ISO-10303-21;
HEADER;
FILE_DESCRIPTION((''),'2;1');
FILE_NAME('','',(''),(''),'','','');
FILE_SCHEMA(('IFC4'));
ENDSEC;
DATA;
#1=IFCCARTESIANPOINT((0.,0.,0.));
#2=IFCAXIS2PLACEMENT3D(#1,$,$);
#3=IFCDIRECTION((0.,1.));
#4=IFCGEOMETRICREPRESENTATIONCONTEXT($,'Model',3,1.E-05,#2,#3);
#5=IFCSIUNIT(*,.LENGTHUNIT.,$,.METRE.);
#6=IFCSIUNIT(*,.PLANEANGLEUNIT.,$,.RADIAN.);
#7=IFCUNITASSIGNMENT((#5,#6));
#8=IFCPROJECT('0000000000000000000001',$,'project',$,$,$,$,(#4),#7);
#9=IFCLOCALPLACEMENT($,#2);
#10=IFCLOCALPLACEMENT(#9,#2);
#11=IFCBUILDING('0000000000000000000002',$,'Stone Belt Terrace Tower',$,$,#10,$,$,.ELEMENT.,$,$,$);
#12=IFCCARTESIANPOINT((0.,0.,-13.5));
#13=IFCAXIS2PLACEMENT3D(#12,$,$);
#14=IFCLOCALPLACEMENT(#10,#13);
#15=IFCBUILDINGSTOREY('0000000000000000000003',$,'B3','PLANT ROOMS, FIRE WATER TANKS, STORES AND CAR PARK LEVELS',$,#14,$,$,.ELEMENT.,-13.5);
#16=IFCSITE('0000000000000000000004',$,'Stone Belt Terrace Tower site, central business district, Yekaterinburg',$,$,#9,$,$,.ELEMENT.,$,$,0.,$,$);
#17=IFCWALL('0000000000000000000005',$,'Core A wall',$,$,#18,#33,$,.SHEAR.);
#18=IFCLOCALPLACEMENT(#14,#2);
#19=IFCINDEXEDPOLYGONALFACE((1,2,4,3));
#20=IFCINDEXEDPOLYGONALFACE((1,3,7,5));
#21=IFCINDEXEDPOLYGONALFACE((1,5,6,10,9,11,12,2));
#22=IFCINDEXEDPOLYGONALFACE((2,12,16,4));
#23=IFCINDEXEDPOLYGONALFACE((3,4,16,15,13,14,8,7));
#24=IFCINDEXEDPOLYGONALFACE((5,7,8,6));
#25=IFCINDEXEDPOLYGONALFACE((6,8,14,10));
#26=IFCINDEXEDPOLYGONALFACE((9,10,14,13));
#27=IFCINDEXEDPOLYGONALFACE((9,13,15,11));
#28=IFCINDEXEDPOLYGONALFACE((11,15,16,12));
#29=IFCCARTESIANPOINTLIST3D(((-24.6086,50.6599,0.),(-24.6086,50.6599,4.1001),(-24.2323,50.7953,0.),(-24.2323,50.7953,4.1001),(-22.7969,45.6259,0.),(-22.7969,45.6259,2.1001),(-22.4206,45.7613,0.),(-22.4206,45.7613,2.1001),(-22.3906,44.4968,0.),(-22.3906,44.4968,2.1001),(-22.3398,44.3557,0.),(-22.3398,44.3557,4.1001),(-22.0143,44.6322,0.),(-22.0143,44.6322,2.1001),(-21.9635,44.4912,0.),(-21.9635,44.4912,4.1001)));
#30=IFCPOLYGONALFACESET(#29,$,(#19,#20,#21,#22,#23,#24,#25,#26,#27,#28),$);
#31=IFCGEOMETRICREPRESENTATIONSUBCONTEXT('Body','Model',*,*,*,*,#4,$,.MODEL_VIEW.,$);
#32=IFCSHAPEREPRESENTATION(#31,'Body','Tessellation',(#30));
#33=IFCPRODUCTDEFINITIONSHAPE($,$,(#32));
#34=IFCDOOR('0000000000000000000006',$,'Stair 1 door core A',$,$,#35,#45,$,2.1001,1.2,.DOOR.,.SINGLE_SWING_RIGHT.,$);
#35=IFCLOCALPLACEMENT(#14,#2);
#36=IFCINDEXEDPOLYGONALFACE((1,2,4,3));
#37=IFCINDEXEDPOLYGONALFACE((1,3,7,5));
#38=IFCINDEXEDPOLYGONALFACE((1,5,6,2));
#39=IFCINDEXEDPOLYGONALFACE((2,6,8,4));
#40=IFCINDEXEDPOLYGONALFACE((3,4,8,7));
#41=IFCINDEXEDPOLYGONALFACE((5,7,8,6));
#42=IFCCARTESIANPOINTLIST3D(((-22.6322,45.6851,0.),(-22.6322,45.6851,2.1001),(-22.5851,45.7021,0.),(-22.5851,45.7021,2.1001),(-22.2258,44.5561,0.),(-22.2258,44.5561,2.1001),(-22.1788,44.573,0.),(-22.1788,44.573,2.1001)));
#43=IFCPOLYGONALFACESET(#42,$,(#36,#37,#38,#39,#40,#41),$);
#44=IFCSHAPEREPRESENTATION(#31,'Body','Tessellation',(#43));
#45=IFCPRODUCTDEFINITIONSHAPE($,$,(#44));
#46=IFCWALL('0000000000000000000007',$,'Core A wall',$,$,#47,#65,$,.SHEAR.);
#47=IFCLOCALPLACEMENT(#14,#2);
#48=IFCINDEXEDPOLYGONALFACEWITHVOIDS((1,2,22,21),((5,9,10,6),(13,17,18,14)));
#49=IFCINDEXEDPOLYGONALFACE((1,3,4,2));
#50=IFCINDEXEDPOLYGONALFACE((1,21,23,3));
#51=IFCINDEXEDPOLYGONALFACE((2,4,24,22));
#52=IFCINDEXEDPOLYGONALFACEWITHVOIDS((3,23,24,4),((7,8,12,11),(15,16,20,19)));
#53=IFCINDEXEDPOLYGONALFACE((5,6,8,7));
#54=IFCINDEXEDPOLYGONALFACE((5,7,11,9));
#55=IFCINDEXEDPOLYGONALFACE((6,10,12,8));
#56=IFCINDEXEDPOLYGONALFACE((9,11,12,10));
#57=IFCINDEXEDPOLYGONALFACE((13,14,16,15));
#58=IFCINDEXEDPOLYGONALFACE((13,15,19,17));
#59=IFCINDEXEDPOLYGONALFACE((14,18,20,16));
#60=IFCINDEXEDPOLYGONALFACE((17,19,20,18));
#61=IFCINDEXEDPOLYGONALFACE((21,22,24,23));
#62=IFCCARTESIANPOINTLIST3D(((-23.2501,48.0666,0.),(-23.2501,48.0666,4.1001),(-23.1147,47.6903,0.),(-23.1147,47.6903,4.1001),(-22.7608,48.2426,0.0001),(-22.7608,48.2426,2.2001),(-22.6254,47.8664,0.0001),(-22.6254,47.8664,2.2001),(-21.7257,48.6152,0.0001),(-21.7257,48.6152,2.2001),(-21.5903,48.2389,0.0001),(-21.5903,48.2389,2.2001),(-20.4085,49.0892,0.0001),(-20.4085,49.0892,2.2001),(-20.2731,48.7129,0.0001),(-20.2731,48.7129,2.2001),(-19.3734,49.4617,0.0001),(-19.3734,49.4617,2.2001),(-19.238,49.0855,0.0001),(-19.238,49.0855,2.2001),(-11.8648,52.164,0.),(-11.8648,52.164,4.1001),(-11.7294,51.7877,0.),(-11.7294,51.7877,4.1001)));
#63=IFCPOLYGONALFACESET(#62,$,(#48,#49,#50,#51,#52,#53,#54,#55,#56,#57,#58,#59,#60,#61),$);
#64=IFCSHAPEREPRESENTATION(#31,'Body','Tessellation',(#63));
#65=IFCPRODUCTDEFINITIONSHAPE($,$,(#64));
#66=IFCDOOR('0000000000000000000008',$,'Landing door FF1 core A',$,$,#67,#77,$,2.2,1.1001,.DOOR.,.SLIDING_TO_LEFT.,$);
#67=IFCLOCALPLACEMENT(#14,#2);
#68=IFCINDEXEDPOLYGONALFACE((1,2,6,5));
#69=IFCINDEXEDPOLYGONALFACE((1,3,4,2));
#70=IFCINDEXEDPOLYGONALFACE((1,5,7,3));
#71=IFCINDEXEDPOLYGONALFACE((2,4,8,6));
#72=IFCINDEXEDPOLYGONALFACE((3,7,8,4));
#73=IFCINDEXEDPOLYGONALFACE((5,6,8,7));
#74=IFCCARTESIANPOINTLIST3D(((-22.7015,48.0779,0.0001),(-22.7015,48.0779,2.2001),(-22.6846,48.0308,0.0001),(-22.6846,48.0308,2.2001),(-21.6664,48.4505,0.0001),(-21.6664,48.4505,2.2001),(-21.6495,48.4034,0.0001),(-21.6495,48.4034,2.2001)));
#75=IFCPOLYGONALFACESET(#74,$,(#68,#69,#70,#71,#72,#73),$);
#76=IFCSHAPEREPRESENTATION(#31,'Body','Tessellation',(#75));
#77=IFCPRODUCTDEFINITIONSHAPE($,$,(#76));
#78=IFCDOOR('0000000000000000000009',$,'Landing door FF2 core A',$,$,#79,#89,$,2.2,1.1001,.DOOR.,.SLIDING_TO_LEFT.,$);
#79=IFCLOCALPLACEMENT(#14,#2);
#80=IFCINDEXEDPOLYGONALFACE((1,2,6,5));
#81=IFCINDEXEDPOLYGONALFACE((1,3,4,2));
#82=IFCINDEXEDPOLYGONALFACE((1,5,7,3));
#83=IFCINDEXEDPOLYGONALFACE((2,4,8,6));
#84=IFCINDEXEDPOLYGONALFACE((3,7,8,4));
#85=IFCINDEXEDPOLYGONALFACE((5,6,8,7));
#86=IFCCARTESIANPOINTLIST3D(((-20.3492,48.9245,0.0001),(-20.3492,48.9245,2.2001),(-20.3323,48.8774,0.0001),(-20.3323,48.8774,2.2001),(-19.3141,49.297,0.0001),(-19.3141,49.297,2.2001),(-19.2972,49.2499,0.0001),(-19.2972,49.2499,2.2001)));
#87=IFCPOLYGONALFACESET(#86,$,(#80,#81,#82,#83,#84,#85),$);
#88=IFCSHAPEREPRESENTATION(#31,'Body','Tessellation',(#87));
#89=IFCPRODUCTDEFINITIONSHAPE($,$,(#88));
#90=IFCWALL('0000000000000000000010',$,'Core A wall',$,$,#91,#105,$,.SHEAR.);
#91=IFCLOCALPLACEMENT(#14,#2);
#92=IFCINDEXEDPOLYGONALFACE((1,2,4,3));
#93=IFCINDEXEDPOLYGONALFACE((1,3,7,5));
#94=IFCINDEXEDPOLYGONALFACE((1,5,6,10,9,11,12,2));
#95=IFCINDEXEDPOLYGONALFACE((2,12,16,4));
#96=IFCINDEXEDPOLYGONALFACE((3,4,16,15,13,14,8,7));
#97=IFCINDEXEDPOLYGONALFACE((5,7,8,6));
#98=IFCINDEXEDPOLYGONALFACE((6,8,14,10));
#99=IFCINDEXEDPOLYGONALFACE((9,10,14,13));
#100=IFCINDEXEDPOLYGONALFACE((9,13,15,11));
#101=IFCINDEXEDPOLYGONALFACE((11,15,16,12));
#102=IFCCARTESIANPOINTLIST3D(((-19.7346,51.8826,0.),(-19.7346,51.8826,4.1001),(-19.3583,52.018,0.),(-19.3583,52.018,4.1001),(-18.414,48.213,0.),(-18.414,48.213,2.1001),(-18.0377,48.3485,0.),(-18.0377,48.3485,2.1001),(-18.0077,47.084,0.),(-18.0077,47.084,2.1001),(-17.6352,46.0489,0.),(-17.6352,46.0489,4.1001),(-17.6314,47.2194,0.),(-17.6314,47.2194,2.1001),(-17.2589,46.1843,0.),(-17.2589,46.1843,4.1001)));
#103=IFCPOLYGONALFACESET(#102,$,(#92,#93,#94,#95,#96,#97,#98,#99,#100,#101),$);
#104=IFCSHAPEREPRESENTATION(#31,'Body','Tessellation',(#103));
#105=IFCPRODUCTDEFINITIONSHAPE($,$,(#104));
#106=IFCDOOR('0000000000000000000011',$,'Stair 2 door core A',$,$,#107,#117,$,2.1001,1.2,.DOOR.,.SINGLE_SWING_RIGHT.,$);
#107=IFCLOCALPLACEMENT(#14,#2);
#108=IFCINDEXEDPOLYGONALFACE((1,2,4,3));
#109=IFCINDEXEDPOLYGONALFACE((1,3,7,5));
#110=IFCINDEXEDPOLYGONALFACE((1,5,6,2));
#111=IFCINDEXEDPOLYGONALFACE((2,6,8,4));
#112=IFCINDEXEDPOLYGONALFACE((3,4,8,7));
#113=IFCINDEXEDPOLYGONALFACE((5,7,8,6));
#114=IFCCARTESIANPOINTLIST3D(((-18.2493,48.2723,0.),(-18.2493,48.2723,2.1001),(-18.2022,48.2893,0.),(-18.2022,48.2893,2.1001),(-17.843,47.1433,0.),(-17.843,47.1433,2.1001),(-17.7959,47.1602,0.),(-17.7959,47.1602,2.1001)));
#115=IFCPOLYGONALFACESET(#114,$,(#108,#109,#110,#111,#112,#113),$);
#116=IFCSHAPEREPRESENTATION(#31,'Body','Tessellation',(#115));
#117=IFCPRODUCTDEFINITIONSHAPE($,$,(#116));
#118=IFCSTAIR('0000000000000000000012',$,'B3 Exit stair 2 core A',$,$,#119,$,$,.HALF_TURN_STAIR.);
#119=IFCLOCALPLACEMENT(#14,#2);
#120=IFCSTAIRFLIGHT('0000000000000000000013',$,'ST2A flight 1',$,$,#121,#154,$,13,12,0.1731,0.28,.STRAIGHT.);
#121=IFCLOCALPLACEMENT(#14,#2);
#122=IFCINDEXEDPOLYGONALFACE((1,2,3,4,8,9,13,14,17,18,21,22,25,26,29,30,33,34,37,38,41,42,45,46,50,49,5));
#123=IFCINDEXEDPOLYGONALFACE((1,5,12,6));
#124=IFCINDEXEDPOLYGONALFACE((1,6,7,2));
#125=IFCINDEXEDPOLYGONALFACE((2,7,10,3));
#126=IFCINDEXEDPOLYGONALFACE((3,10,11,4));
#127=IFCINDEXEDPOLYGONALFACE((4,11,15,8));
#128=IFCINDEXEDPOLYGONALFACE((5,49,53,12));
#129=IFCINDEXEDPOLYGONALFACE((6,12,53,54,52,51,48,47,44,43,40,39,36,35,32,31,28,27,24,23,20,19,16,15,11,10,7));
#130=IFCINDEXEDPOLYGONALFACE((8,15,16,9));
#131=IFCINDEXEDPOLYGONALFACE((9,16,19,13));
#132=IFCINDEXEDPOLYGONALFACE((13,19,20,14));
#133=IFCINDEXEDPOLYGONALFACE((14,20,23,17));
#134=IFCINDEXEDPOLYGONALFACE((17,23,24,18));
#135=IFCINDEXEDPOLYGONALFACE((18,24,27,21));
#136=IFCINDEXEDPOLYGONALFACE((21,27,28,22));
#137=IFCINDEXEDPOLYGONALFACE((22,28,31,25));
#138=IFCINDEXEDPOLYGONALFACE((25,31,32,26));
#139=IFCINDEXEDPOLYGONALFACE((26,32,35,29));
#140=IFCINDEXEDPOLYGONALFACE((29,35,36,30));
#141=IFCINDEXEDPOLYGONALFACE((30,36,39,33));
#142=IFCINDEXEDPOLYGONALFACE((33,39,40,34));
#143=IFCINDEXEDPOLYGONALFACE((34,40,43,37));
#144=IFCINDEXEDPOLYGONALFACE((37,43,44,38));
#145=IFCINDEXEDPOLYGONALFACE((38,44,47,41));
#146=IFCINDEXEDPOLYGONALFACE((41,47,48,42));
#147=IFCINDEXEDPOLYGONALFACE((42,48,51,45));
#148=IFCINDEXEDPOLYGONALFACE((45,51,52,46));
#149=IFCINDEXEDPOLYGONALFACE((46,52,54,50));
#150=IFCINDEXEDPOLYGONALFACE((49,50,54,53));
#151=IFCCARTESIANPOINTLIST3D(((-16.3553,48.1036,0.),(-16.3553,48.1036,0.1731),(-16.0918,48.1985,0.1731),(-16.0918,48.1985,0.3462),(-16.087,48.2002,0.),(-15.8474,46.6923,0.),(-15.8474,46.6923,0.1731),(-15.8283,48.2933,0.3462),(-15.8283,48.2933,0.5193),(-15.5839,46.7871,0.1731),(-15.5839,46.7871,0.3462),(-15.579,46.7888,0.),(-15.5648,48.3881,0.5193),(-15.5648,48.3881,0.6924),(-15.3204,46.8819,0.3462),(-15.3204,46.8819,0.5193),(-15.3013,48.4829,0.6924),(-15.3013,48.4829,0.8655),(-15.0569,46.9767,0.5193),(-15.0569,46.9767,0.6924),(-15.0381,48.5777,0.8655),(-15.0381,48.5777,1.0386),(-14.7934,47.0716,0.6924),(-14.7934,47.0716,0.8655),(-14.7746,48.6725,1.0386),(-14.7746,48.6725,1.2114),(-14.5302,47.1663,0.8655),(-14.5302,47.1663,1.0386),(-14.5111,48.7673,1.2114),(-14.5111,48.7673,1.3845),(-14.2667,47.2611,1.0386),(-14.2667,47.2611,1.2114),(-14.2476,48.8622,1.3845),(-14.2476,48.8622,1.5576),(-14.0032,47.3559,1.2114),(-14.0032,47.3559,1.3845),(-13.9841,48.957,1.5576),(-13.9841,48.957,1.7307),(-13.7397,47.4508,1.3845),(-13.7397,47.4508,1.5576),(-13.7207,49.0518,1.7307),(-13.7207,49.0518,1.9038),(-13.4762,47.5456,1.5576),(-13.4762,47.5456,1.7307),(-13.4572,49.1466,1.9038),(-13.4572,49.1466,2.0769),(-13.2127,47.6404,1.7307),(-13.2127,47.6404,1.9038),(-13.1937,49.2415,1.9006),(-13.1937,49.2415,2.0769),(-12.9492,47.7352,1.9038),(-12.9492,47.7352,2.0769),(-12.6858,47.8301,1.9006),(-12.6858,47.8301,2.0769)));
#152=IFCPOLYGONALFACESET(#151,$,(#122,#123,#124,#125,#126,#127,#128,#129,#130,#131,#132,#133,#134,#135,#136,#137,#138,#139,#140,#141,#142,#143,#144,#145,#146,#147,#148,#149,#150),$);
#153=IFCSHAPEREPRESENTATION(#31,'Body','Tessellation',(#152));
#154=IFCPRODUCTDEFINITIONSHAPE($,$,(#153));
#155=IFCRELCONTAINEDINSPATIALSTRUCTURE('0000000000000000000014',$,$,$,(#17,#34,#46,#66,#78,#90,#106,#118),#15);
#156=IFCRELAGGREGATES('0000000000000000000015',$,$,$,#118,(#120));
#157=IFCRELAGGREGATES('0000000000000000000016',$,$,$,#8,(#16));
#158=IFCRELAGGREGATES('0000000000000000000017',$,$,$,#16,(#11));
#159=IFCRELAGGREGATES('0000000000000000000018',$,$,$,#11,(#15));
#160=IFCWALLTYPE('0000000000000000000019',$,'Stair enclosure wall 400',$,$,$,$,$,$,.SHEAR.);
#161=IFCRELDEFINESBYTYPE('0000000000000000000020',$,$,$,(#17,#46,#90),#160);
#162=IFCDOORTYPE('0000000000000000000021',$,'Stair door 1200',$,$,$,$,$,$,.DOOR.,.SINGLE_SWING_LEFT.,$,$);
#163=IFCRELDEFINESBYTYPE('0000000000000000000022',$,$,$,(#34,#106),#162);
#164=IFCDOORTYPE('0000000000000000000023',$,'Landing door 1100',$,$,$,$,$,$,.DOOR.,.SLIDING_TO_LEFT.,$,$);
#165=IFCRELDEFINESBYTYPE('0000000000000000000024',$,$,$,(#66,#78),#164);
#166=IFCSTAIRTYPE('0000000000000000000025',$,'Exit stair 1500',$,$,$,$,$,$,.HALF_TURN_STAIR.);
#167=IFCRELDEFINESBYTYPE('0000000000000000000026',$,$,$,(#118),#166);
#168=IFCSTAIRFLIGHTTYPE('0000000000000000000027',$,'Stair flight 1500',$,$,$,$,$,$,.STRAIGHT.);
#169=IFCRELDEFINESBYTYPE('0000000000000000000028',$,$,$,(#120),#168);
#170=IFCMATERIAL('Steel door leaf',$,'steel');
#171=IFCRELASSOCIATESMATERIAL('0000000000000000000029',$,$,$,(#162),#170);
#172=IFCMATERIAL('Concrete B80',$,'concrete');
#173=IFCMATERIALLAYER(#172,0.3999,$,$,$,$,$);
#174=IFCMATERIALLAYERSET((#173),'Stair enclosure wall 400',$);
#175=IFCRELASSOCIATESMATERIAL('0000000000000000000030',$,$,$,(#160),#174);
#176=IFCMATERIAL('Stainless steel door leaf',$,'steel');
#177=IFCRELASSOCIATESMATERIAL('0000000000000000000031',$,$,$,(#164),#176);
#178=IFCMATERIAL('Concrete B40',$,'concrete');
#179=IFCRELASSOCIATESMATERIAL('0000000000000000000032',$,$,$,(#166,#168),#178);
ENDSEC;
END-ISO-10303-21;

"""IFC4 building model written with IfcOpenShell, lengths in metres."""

from ifc_helpers import new_model, si_unit, direction, frame, frame_2d, origin, place, context, subcontext, project, spatial, polyline, rectangle, outline, extrude, material, layer, layer_set, type_object, element, fill, aggregate, save


model = new_model("IFC4")

# Units and contexts
model_context = context("Model", 3, precision=1e-05, world=origin(), true_north=direction((0.0, 1.0)))
body_context = subcontext(model_context, "Body", "Model", "MODEL_VIEW")
ifc_project = project(units=[si_unit("LENGTHUNIT", "METRE"), si_unit("PLANEANGLEUNIT", "RADIAN")], contexts=[model_context])

# Site, building, storey
site_placement = place(None, origin())
site = spatial("IfcSite", under=ifc_project, at=site_placement, Name="Stone Belt Terrace Tower site, central business district, Yekaterinburg", CompositionType="ELEMENT", RefElevation=0.0)
building_placement = place(site_placement, origin())
building = spatial("IfcBuilding", under=site, at=building_placement, Name="Stone Belt Terrace Tower", CompositionType="ELEMENT")
storey_placement = place(building_placement, frame((0.0, 0.0, -13.5)))
storey = spatial("IfcBuildingStorey", under=building, at=storey_placement, Name="B3", Description="PLANT ROOMS, FIRE WATER TANKS, STORES AND CAR PARK LEVELS", CompositionType="ELEMENT", Elevation=-13.5)

# Shared definitions
ifc_material_1 = material(Name="Concrete B40", Category="concrete")

# Shared definitions
ifc_material_2 = material(Name="Concrete B80", Category="concrete")

# Wall, opening, door
ifc_material_3 = material(Name="Steel door leaf", Category="steel")
door_type_1 = type_object("IfcDoorType", Name="Stair door 1200", OperationType="SINGLE_SWING_LEFT", PredefinedType="DOOR", material=ifc_material_3)
ifc_layer_1 = layer(ifc_material_2, 0.3999)
ifc_layer_set_1 = layer_set([ifc_layer_1], Name="Stair enclosure wall 400")
wall_type_1 = type_object("IfcWallType", Name="Stair enclosure wall 400", PredefinedType="SHEAR", material=ifc_layer_set_1)
wall_1_placement = place(storey_placement, frame((-22.1516, 44.4233, 0.0), z_axis=(0.0, 0.0, 1.0), x_axis=(-0.338625, 0.940921, 0.0)))
wall_1 = element("IfcWall", 1, at=wall_1_placement, inside=storey, type_object=wall_type_1, Name="Core A wall", PredefinedType="SHEAR", context=body_context, shape_type="SweptSolid", body=[
    extrude(rectangle(XDim=6.7, YDim=0.3999, at=frame_2d((3.3501, 0.0))), origin(), (0.0, 0.0, 1.0), 4.1001),
])
opening_1_placement = place(wall_1_placement, frame((0.1499, 0.0, 0.0)))
opening_1 = element("IfcOpeningElement", 2, at=opening_1_placement, cuts=wall_1, PredefinedType="OPENING", context=body_context, shape_type="SweptSolid", body=[
    extrude(rectangle(XDim=1.2, YDim=2.1001, at=frame_2d((0.6001, 1.05))), frame((0.0, 0.21, 0.0), z_axis=(0.0, -1.0, 0.0), x_axis=(1.0, 0.0, 0.0)), (0.0, 0.0, 1.0), 0.4199),
])
door_1_placement = place(opening_1_placement, origin())
door_1 = element("IfcDoor", 3, at=door_1_placement, inside=storey, type_object=door_type_1, Name="Stair 1 door core A", OperationType="SINGLE_SWING_RIGHT", OverallHeight=2.1001, OverallWidth=1.2, PredefinedType="DOOR", context=body_context, shape_type="SweptSolid", body=[
    extrude(rectangle(XDim=1.2, YDim=2.1001, at=frame_2d((0.6001, 1.05))), frame((0.0, 0.0249, 0.0), z_axis=(0.0, -1.0, 0.0), x_axis=(1.0, 0.0, 0.0)), (0.0, 0.0, 1.0), 0.05),
])
fill(opening_1, door_1)

# Wall, openings, doors
wall_2_placement = place(storey_placement, frame((-23.1824, 47.8784, 0.0), z_axis=(0.0, 0.0, 1.0), x_axis=(0.940921, 0.338626, 0.0)))
wall_2 = element("IfcWall", 4, at=wall_2_placement, inside=storey, type_object=wall_type_1, Name="Core A wall", PredefinedType="SHEAR", context=body_context, shape_type="SweptSolid", body=[
    extrude(rectangle(XDim=12.1001, YDim=0.3999, at=frame_2d((6.05, 0.0))), origin(), (0.0, 0.0, 1.0), 4.1001),
])
opening_2_placement = place(wall_2_placement, frame((0.52, 0.0, 0.0)))
opening_2 = element("IfcOpeningElement", 5, at=opening_2_placement, cuts=wall_2, PredefinedType="OPENING", context=body_context, shape_type="SweptSolid", body=[
    extrude(rectangle(XDim=1.1001, YDim=2.2, at=frame_2d((0.55, 1.1001))), frame((0.0, 0.21, 0.0), z_axis=(0.0, -1.0, 0.0), x_axis=(1.0, 0.0, 0.0)), (0.0, 0.0, 1.0), 0.4199),
])
opening_3_placement = place(wall_2_placement, frame((3.02, 0.0, 0.0)))
opening_3 = element("IfcOpeningElement", 6, at=opening_3_placement, cuts=wall_2, PredefinedType="OPENING", context=body_context, shape_type="SweptSolid", body=[
    extrude(rectangle(XDim=1.1001, YDim=2.2, at=frame_2d((0.55, 1.1001))), frame((0.0, 0.21, 0.0), z_axis=(0.0, -1.0, 0.0), x_axis=(1.0, 0.0, 0.0)), (0.0, 0.0, 1.0), 0.4199),
])
ifc_material_4 = material(Name="Stainless steel door leaf", Category="steel")
door_type_2 = type_object("IfcDoorType", Name="Landing door 1100", OperationType="SLIDING_TO_LEFT", PredefinedType="DOOR", material=ifc_material_4)
door_2_placement = place(opening_2_placement, origin())
door_2 = element("IfcDoor", 7, at=door_2_placement, inside=storey, type_object=door_type_2, Name="Landing door FF1 core A", OperationType="SLIDING_TO_LEFT", OverallHeight=2.2, OverallWidth=1.1001, PredefinedType="DOOR", context=body_context, shape_type="SweptSolid", body=[
    extrude(rectangle(XDim=1.1001, YDim=2.2, at=frame_2d((0.55, 1.1001))), frame((0.0, 0.0249, 0.0), z_axis=(0.0, -1.0, 0.0), x_axis=(1.0, 0.0, 0.0)), (0.0, 0.0, 1.0), 0.05),
])
fill(opening_2, door_2)
door_3_placement = place(opening_3_placement, origin())
door_3 = element("IfcDoor", 8, at=door_3_placement, inside=storey, type_object=door_type_2, Name="Landing door FF2 core A", OperationType="SLIDING_TO_LEFT", OverallHeight=2.2, OverallWidth=1.1001, PredefinedType="DOOR", context=body_context, shape_type="SweptSolid", body=[
    extrude(rectangle(XDim=1.1001, YDim=2.2, at=frame_2d((0.55, 1.1001))), frame((0.0, 0.0249, 0.0), z_axis=(0.0, -1.0, 0.0), x_axis=(1.0, 0.0, 0.0)), (0.0, 0.0, 1.0), 0.05),
])
fill(opening_3, door_3)

# Wall, opening, door
wall_3_placement = place(storey_placement, frame((-17.447, 46.1165, 0.0), z_axis=(0.0, 0.0, 1.0), x_axis=(-0.338608, 0.940928, 0.0)))
wall_3 = element("IfcWall", 9, at=wall_3_placement, inside=storey, type_object=wall_type_1, Name="Core A wall", PredefinedType="SHEAR", context=body_context, shape_type="SweptSolid", body=[
    extrude(rectangle(XDim=6.2, YDim=0.3999, at=frame_2d((3.1001, 0.0))), origin(), (0.0, 0.0, 1.0), 4.1001),
])
opening_4_placement = place(wall_3_placement, frame((1.1001, 0.0, 0.0)))
opening_4 = element("IfcOpeningElement", 10, at=opening_4_placement, cuts=wall_3, PredefinedType="OPENING", context=body_context, shape_type="SweptSolid", body=[
    extrude(rectangle(XDim=1.2, YDim=2.1001, at=frame_2d((0.6001, 1.05))), frame((0.0, 0.21, 0.0), z_axis=(0.0, -1.0, 0.0), x_axis=(1.0, 0.0, 0.0)), (0.0, 0.0, 1.0), 0.4199),
])
door_4_placement = place(opening_4_placement, origin())
door_4 = element("IfcDoor", 11, at=door_4_placement, inside=storey, type_object=door_type_1, Name="Stair 2 door core A", OperationType="SINGLE_SWING_RIGHT", OverallHeight=2.1001, OverallWidth=1.2, PredefinedType="DOOR", context=body_context, shape_type="SweptSolid", body=[
    extrude(rectangle(XDim=1.2, YDim=2.1001, at=frame_2d((0.6001, 1.05))), frame((0.0, 0.0249, 0.0), z_axis=(0.0, -1.0, 0.0), x_axis=(1.0, 0.0, 0.0)), (0.0, 0.0, 1.0), 0.05),
])
fill(opening_4, door_4)

# Stair, stair flight
stair_type = type_object("IfcStairType", Name="Exit stair 1500", PredefinedType="HALF_TURN_STAIR", material=ifc_material_1)
stair_placement = place(storey_placement, origin())
stair = element("IfcStair", 12, at=stair_placement, inside=storey, type_object=stair_type, Name="B3 Exit stair 2 core A", PredefinedType="HALF_TURN_STAIR")
stair_flight_type = type_object("IfcStairFlightType", Name="Stair flight 1500", PredefinedType="STRAIGHT", material=ifc_material_1)
stair_flight_placement = place(storey_placement, frame((-16.1013, 47.3979, 0.0), z_axis=(0.0, 0.0, 1.0), x_axis=(0.940922, 0.338624, 0.0)))
stair_flight = element("IfcStairFlight", 13, at=stair_flight_placement, type_object=stair_flight_type, Name="ST2A flight 1", NumberOfRisers=13, NumberOfTreads=12, PredefinedType="STRAIGHT", RiserHeight=0.1731, TreadLength=0.28, context=body_context, shape_type="SweptSolid", body=[
    extrude(outline(polyline([(0.0, 0.0), (0.0, 0.1731), (0.28, 0.1731), (0.28, 0.3462), (0.5601, 0.3462), (0.5601, 0.5193), (0.8401, 0.5193), (0.8401, 0.6924), (1.1201, 0.6924), (1.1201, 0.8655), (1.3999, 0.8655), (1.3999, 1.0386), (1.6799, 1.0386), (1.6799, 1.2114), (1.96, 1.2114), (1.96, 1.3845), (2.24, 1.3845), (2.24, 1.5576), (2.52, 1.5576), (2.52, 1.7307), (2.8, 1.7307), (2.8, 1.9038), (3.0801, 1.9038), (3.0801, 2.0769), (3.3601, 2.0769), (3.3601, 2.25), (3.3601, 1.9006), (0.2852, 0.0), (0.0, 0.0)])), frame((0.0, 0.75, 0.0), z_axis=(0.0, -1.0, 0.0), x_axis=(1.0, 0.0, 0.0)), (0.0, 0.0, 1.0), 1.5),
])
aggregate(stair, [stair_flight])

save(model, "model.ifc")
